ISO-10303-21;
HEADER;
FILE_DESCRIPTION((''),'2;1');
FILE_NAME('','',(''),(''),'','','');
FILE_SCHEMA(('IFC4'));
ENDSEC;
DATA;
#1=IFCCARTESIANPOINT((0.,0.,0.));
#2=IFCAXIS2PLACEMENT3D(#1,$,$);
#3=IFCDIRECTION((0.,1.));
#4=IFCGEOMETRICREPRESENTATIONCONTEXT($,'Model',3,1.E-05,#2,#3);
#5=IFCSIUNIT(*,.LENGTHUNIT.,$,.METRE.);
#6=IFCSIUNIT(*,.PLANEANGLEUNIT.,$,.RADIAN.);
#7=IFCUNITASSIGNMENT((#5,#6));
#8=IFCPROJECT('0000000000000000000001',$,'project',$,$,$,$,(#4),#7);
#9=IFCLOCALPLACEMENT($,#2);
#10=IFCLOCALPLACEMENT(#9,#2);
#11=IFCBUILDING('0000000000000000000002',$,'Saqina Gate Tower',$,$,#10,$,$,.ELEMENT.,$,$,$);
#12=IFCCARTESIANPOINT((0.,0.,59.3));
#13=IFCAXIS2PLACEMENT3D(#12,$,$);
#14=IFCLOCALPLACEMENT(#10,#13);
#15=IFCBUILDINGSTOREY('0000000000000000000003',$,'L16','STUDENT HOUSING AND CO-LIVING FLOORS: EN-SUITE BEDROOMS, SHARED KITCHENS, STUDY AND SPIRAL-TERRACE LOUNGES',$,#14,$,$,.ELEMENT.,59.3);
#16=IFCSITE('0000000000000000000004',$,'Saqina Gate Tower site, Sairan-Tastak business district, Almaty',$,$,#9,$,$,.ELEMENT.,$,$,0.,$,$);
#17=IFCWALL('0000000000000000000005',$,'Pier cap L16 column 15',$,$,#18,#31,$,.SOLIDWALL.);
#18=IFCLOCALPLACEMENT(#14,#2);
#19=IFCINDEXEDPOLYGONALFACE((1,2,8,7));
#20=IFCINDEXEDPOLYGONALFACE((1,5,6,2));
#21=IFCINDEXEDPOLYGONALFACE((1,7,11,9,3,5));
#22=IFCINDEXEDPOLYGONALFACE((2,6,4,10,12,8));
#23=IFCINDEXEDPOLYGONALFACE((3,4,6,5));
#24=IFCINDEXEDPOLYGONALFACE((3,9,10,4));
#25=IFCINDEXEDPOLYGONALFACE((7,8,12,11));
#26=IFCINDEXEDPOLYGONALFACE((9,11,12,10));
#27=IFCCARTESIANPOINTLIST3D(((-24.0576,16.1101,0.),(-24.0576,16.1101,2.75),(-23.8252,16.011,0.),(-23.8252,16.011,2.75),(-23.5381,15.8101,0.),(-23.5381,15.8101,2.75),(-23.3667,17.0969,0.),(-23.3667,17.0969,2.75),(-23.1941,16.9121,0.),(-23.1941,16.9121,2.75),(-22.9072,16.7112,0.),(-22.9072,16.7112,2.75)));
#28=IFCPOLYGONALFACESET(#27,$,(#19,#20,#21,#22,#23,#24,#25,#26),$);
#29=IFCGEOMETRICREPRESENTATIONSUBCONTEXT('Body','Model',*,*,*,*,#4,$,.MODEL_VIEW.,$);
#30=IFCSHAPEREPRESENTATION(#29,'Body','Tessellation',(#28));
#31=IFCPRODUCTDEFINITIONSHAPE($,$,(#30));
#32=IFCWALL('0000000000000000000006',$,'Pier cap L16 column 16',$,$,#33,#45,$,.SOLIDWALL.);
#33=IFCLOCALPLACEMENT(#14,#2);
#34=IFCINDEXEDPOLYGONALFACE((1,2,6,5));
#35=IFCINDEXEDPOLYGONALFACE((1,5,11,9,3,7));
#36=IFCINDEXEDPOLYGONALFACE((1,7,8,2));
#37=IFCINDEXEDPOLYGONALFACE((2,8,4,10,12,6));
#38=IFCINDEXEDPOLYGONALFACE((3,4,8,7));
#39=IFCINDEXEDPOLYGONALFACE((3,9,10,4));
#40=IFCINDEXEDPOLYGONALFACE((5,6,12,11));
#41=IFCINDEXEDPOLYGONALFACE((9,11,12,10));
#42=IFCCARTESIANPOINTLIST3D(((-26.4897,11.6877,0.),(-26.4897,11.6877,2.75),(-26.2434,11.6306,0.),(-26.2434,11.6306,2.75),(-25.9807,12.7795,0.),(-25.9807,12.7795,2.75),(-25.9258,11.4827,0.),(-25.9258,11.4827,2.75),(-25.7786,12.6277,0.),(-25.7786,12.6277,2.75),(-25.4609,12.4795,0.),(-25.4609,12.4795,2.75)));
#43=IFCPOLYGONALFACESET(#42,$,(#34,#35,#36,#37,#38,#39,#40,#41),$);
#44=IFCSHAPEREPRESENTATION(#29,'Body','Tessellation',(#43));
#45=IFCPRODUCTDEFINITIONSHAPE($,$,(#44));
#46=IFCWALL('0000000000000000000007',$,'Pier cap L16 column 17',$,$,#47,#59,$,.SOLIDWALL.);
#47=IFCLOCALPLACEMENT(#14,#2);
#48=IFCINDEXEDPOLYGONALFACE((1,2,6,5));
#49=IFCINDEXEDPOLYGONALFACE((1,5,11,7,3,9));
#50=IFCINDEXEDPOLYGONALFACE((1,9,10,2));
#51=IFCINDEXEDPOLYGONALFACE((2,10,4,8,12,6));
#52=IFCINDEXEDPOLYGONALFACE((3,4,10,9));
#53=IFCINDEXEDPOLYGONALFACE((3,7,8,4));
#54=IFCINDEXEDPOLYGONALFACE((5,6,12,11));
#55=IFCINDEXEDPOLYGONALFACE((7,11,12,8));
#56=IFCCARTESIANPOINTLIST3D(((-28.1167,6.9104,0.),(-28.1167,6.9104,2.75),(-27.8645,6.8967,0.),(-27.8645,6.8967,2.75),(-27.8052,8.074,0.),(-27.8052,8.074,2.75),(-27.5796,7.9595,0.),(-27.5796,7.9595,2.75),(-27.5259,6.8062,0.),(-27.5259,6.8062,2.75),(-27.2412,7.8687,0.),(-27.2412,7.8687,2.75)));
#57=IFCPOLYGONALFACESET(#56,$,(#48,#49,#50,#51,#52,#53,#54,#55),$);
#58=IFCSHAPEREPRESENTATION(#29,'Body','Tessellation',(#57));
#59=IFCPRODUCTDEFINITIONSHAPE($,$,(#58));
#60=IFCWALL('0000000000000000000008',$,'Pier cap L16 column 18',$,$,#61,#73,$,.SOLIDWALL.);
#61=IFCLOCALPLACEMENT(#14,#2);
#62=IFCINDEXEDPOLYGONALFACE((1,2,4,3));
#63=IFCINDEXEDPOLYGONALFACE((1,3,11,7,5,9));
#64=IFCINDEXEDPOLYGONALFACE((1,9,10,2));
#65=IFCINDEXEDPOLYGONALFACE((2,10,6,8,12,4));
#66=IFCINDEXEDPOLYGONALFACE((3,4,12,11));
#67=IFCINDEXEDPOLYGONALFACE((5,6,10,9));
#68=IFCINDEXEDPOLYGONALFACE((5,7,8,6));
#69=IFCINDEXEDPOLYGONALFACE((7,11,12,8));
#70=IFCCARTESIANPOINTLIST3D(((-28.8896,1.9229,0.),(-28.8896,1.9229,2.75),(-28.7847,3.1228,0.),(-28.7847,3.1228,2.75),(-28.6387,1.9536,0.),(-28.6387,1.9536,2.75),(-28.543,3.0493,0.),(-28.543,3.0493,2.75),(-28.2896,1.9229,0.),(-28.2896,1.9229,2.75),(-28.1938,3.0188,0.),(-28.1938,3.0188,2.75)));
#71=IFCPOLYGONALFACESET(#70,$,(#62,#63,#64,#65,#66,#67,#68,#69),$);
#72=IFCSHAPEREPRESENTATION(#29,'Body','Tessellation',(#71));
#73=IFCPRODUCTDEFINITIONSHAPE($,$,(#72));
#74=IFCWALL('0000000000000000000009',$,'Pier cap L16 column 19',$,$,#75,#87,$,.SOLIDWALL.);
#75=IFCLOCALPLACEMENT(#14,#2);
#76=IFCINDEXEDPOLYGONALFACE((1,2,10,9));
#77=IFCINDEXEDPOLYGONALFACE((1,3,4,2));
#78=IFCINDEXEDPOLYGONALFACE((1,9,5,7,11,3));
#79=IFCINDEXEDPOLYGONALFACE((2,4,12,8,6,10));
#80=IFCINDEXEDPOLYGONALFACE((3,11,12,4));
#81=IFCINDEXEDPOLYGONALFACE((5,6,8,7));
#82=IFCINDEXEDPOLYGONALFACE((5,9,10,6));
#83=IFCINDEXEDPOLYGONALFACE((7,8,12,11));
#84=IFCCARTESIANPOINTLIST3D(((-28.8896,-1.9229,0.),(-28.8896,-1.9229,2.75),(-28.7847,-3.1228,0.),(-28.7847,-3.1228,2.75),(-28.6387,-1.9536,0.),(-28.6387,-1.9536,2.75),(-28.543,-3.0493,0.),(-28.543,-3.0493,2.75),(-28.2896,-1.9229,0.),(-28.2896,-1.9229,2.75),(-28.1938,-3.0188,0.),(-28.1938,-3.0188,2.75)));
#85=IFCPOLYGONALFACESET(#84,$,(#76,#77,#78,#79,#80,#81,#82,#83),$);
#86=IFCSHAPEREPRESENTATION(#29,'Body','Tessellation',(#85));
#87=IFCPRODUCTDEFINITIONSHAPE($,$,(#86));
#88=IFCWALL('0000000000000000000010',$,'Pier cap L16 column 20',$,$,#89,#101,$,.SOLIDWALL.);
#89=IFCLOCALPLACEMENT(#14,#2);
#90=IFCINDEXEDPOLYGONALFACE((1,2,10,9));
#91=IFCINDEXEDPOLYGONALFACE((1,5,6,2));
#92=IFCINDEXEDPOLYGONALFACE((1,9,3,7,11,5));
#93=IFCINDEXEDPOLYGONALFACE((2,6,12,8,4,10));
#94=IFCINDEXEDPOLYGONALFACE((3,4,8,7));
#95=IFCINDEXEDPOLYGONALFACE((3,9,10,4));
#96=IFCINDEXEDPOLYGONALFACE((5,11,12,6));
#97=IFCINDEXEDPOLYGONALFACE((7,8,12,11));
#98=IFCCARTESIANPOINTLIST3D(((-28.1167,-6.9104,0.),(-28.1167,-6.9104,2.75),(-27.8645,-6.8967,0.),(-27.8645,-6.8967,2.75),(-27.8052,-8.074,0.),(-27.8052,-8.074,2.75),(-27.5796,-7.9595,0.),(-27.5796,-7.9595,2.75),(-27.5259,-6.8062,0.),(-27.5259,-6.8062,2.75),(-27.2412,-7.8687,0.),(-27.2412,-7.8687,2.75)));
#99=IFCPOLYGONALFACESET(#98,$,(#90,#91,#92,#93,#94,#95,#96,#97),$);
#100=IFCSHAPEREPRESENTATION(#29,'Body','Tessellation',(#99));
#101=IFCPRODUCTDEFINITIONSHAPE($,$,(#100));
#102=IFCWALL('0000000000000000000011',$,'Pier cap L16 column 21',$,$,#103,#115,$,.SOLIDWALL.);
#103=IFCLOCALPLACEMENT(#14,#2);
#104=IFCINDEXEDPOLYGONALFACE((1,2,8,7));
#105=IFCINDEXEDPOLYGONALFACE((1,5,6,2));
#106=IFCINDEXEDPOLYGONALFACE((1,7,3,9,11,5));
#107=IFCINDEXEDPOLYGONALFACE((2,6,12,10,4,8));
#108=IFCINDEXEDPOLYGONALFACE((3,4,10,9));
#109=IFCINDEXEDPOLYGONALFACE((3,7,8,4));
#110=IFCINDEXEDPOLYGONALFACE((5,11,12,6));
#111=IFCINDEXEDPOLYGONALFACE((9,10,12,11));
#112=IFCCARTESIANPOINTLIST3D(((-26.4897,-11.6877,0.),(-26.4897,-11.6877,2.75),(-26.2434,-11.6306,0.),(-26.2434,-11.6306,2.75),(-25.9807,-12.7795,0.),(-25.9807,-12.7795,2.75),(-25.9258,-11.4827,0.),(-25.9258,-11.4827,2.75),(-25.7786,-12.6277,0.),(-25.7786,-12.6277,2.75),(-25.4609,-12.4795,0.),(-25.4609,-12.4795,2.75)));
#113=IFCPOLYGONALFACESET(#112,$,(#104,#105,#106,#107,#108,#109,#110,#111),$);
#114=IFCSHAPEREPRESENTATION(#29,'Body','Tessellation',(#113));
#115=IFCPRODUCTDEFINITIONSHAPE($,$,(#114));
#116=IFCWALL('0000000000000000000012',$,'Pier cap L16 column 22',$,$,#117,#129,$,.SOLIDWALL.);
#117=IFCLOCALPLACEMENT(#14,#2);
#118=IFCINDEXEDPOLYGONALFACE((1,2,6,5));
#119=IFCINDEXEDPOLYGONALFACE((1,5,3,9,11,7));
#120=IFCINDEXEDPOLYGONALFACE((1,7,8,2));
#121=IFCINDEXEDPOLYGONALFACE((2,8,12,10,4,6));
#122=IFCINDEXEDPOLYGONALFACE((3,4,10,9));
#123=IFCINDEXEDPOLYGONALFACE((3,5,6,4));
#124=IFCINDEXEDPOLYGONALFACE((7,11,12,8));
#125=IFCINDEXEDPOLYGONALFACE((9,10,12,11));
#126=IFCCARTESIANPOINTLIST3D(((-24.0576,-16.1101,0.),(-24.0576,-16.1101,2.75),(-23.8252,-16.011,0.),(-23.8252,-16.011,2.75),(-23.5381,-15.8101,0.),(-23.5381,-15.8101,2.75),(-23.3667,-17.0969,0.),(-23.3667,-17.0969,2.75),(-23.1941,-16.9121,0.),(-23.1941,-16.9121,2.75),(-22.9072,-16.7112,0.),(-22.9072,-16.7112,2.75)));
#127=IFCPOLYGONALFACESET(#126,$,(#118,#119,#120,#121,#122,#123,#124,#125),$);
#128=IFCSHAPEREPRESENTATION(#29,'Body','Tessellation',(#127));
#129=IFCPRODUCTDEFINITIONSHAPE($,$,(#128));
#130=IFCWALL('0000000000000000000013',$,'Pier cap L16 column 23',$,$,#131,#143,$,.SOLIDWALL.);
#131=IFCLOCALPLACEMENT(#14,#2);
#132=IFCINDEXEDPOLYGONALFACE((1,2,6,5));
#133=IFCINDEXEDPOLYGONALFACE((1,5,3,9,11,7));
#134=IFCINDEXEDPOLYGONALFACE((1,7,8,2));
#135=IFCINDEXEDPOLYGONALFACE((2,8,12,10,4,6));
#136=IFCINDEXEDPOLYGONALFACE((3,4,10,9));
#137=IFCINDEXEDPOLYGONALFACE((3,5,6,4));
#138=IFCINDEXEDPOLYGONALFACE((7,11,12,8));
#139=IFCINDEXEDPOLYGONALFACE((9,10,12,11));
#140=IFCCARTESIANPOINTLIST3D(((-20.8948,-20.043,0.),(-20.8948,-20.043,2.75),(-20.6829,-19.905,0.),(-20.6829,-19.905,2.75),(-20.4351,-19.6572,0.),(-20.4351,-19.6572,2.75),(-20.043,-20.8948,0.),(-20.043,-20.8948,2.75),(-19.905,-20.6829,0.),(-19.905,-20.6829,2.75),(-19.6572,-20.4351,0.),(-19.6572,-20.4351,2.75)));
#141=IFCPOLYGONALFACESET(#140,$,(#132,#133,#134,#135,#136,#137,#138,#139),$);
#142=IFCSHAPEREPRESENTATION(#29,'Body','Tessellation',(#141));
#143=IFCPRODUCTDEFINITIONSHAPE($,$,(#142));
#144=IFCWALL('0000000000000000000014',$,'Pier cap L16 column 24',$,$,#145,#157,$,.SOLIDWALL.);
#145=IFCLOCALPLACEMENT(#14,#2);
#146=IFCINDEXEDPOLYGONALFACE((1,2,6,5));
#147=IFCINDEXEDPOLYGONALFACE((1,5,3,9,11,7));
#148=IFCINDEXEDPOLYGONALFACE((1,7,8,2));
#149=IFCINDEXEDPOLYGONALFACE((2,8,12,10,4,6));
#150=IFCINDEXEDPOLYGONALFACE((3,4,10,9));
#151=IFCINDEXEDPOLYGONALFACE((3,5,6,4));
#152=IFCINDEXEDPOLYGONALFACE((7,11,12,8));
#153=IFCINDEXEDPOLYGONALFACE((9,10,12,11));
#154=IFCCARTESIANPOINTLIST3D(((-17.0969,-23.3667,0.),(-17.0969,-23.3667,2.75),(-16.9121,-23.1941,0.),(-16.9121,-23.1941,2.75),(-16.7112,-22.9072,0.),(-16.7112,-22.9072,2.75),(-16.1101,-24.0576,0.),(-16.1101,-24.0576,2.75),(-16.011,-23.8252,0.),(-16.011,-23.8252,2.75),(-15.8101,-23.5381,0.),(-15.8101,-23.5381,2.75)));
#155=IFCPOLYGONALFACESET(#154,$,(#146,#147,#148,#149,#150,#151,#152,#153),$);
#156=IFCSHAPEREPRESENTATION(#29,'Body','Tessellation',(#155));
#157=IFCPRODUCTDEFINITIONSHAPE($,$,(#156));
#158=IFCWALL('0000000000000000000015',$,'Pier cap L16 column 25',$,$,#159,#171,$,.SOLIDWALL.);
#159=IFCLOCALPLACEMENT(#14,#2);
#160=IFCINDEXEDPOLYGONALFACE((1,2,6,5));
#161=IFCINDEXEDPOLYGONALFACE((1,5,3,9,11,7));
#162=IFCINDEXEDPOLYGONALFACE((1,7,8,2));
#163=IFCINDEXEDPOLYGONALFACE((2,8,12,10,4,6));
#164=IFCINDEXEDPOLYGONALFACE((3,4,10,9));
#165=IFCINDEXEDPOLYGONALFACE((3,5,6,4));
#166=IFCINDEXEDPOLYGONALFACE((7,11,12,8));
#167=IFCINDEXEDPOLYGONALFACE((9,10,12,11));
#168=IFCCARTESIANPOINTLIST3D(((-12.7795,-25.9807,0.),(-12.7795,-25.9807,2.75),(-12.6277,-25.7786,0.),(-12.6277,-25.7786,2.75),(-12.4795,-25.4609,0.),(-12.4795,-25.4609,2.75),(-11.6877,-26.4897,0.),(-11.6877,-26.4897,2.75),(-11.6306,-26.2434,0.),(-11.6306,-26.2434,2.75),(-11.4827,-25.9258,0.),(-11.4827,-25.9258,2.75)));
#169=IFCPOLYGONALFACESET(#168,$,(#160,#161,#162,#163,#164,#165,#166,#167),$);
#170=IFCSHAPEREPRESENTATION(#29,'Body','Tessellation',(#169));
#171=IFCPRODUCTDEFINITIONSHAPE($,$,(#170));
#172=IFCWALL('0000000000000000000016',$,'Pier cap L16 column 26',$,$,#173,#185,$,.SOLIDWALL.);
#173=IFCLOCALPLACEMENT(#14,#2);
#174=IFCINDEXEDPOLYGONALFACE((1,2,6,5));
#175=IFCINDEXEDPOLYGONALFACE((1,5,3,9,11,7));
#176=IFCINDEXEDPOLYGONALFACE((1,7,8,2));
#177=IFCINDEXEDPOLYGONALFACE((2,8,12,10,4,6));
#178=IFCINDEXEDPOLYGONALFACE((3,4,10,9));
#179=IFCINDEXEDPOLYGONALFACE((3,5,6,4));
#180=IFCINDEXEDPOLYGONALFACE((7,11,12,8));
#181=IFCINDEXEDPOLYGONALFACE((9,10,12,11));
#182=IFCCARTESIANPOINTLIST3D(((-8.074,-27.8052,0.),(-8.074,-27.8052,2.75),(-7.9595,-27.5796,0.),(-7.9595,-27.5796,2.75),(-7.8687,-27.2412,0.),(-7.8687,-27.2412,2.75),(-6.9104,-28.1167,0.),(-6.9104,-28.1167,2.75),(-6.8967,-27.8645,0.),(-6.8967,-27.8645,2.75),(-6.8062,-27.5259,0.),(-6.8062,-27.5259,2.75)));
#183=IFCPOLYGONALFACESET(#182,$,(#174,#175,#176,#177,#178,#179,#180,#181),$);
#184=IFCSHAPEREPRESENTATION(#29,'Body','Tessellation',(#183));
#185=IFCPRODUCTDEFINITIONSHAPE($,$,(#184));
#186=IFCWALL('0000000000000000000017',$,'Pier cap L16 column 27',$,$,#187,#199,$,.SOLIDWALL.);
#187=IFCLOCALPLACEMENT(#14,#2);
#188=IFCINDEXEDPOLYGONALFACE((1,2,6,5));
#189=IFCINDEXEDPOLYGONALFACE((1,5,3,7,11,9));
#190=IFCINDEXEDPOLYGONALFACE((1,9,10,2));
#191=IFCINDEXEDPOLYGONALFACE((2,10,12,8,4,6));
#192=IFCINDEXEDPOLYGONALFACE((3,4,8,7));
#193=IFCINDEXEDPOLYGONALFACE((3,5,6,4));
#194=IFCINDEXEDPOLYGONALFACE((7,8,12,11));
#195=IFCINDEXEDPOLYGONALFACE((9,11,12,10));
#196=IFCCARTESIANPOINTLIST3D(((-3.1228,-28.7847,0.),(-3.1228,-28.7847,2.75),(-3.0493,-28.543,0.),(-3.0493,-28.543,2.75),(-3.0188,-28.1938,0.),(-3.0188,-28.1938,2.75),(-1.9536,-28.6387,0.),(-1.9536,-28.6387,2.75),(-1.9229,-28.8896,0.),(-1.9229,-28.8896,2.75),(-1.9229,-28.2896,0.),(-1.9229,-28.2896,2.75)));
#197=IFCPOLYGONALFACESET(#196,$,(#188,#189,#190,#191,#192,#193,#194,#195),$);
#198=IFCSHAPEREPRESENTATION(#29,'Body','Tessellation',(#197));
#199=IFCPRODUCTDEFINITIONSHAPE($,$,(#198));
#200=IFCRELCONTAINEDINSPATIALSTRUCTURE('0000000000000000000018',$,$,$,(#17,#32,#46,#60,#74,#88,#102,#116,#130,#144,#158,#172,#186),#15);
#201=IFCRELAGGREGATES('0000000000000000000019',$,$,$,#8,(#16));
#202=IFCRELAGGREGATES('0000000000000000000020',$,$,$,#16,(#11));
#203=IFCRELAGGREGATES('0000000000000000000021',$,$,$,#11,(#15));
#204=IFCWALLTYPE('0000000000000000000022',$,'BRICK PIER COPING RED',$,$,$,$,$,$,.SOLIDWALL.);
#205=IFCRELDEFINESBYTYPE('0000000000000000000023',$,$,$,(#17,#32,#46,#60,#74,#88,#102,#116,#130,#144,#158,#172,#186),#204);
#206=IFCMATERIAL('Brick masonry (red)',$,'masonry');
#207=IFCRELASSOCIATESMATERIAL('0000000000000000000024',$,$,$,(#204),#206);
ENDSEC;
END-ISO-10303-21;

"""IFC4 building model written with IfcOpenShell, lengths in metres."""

from ifc_helpers import new_model, si_unit, direction, frame, origin, place, context, subcontext, project, spatial, polyline, outline, extrude, material, type_object, element, save


model = new_model("IFC4")

# Units and contexts
model_context = context("Model", 3, precision=1e-05, world=origin(), true_north=direction((0.0, 1.0)))
body_context = subcontext(model_context, "Body", "Model", "MODEL_VIEW")
ifc_project = project(units=[si_unit("LENGTHUNIT", "METRE"), si_unit("PLANEANGLEUNIT", "RADIAN")], contexts=[model_context])

# Site, building, storey
site_placement = place(None, origin())
site = spatial("IfcSite", under=ifc_project, at=site_placement, Name="Saqina Gate Tower site, Sairan-Tastak business district, Almaty", CompositionType="ELEMENT", RefElevation=0.0)
building_placement = place(site_placement, origin())
building = spatial("IfcBuilding", under=site, at=building_placement, Name="Saqina Gate Tower", CompositionType="ELEMENT")
storey_placement = place(building_placement, frame((0.0, 0.0, 59.3)))
storey = spatial("IfcBuildingStorey", under=building, at=storey_placement, Name="L16", Description="STUDENT HOUSING AND CO-LIVING FLOORS: EN-SUITE BEDROOMS, SHARED KITCHENS, STUDY AND SPIRAL-TERRACE LOUNGES", CompositionType="ELEMENT", Elevation=59.3)

# Walls
ifc_material = material(Name="Brick masonry (red)", Category="masonry")
wall_type = type_object("IfcWallType", Name="BRICK PIER COPING RED", PredefinedType="SOLIDWALL", material=ifc_material)
wall_1_placement = place(storey_placement, origin())
element("IfcWall", 1, at=wall_1_placement, inside=storey, type_object=wall_type, Name="Pier cap L16 column 15", PredefinedType="SOLIDWALL", context=body_context, shape_type="SweptSolid", body=[
    extrude(outline(polyline([(-23.3667, 17.0969), (-24.0576, 16.1101), (-23.5381, 15.8101), (-23.8252, 16.011), (-23.1941, 16.9121), (-22.9072, 16.7112), (-23.3667, 17.0969)])), origin(), (0.0, 0.0, 1.0), 2.75),
])
wall_2_placement = place(storey_placement, origin())
element("IfcWall", 2, at=wall_2_placement, inside=storey, type_object=wall_type, Name="Pier cap L16 column 16", PredefinedType="SOLIDWALL", context=body_context, shape_type="SweptSolid", body=[
    extrude(outline(polyline([(-26.4897, 11.6877), (-25.9258, 11.4827), (-26.2434, 11.6306), (-25.7786, 12.6277), (-25.4609, 12.4795), (-25.9807, 12.7795), (-26.4897, 11.6877)])), origin(), (0.0, 0.0, 1.0), 2.75),
])
wall_3_placement = place(storey_placement, origin())
element("IfcWall", 3, at=wall_3_placement, inside=storey, type_object=wall_type, Name="Pier cap L16 column 17", PredefinedType="SOLIDWALL", context=body_context, shape_type="SweptSolid", body=[
    extrude(outline(polyline([(-28.1167, 6.9104), (-27.5259, 6.8062), (-27.8645, 6.8967), (-27.5796, 7.9595), (-27.2412, 7.8687), (-27.8052, 8.074), (-28.1167, 6.9104)])), origin(), (0.0, 0.0, 1.0), 2.75),
])
wall_4_placement = place(storey_placement, origin())
element("IfcWall", 4, at=wall_4_placement, inside=storey, type_object=wall_type, Name="Pier cap L16 column 18", PredefinedType="SOLIDWALL", context=body_context, shape_type="SweptSolid", body=[
    extrude(outline(polyline([(-28.7847, 3.1228), (-28.8896, 1.9229), (-28.2896, 1.9229), (-28.6387, 1.9536), (-28.543, 3.0493), (-28.1938, 3.0188), (-28.7847, 3.1228)])), origin(), (0.0, 0.0, 1.0), 2.75),
])
wall_5_placement = place(storey_placement, origin())
element("IfcWall", 5, at=wall_5_placement, inside=storey, type_object=wall_type, Name="Pier cap L16 column 19", PredefinedType="SOLIDWALL", context=body_context, shape_type="SweptSolid", body=[
    extrude(outline(polyline([(-28.8896, -1.9229), (-28.7847, -3.1228), (-28.1938, -3.0188), (-28.543, -3.0493), (-28.6387, -1.9536), (-28.2896, -1.9229), (-28.8896, -1.9229)])), origin(), (0.0, 0.0, 1.0), 2.75),
])
wall_6_placement = place(storey_placement, origin())
element("IfcWall", 6, at=wall_6_placement, inside=storey, type_object=wall_type, Name="Pier cap L16 column 20", PredefinedType="SOLIDWALL", context=body_context, shape_type="SweptSolid", body=[
    extrude(outline(polyline([(-28.1167, -6.9104), (-27.8052, -8.074), (-27.2412, -7.8687), (-27.5796, -7.9595), (-27.8645, -6.8967), (-27.5259, -6.8062), (-28.1167, -6.9104)])), origin(), (0.0, 0.0, 1.0), 2.75),
])
wall_7_placement = place(storey_placement, origin())
element("IfcWall", 7, at=wall_7_placement, inside=storey, type_object=wall_type, Name="Pier cap L16 column 21", PredefinedType="SOLIDWALL", context=body_context, shape_type="SweptSolid", body=[
    extrude(outline(polyline([(-25.9807, -12.7795), (-25.4609, -12.4795), (-25.7786, -12.6277), (-26.2434, -11.6306), (-25.9258, -11.4827), (-26.4897, -11.6877), (-25.9807, -12.7795)])), origin(), (0.0, 0.0, 1.0), 2.75),
])
wall_8_placement = place(storey_placement, origin())
element("IfcWall", 8, at=wall_8_placement, inside=storey, type_object=wall_type, Name="Pier cap L16 column 22", PredefinedType="SOLIDWALL", context=body_context, shape_type="SweptSolid", body=[
    extrude(outline(polyline([(-24.0576, -16.1101), (-23.3667, -17.0969), (-22.9072, -16.7112), (-23.1941, -16.9121), (-23.8252, -16.011), (-23.5381, -15.8101), (-24.0576, -16.1101)])), origin(), (0.0, 0.0, 1.0), 2.75),
])
wall_9_placement = place(storey_placement, origin())
element("IfcWall", 9, at=wall_9_placement, inside=storey, type_object=wall_type, Name="Pier cap L16 column 23", PredefinedType="SOLIDWALL", context=body_context, shape_type="SweptSolid", body=[
    extrude(outline(polyline([(-20.043, -20.8948), (-19.6572, -20.4351), (-19.905, -20.6829), (-20.6829, -19.905), (-20.4351, -19.6572), (-20.8948, -20.043), (-20.043, -20.8948)])), origin(), (0.0, 0.0, 1.0), 2.75),
])
wall_10_placement = place(storey_placement, origin())
element("IfcWall", 10, at=wall_10_placement, inside=storey, type_object=wall_type, Name="Pier cap L16 column 24", PredefinedType="SOLIDWALL", context=body_context, shape_type="SweptSolid", body=[
    extrude(outline(polyline([(-17.0969, -23.3667), (-16.1101, -24.0576), (-15.8101, -23.5381), (-16.011, -23.8252), (-16.9121, -23.1941), (-16.7112, -22.9072), (-17.0969, -23.3667)])), origin(), (0.0, 0.0, 1.0), 2.75),
])
wall_11_placement = place(storey_placement, origin())
element("IfcWall", 11, at=wall_11_placement, inside=storey, type_object=wall_type, Name="Pier cap L16 column 25", PredefinedType="SOLIDWALL", context=body_context, shape_type="SweptSolid", body=[
    extrude(outline(polyline([(-11.6877, -26.4897), (-11.4827, -25.9258), (-11.6306, -26.2434), (-12.6277, -25.7786), (-12.4795, -25.4609), (-12.7795, -25.9807), (-11.6877, -26.4897)])), origin(), (0.0, 0.0, 1.0), 2.75),
])
wall_12_placement = place(storey_placement, origin())
element("IfcWall", 12, at=wall_12_placement, inside=storey, type_object=wall_type, Name="Pier cap L16 column 26", PredefinedType="SOLIDWALL", context=body_context, shape_type="SweptSolid", body=[
    extrude(outline(polyline([(-6.9104, -28.1167), (-6.8062, -27.5259), (-6.8967, -27.8645), (-7.9595, -27.5796), (-7.8687, -27.2412), (-8.074, -27.8052), (-6.9104, -28.1167)])), origin(), (0.0, 0.0, 1.0), 2.75),
])
wall_13_placement = place(storey_placement, origin())
element("IfcWall", 13, at=wall_13_placement, inside=storey, type_object=wall_type, Name="Pier cap L16 column 27", PredefinedType="SOLIDWALL", context=body_context, shape_type="SweptSolid", body=[
    extrude(outline(polyline([(-3.1228, -28.7847), (-1.9229, -28.8896), (-1.9229, -28.2896), (-1.9536, -28.6387), (-3.0493, -28.543), (-3.0188, -28.1938), (-3.1228, -28.7847)])), origin(), (0.0, 0.0, 1.0), 2.75),
])

save(model, "model.ifc")
